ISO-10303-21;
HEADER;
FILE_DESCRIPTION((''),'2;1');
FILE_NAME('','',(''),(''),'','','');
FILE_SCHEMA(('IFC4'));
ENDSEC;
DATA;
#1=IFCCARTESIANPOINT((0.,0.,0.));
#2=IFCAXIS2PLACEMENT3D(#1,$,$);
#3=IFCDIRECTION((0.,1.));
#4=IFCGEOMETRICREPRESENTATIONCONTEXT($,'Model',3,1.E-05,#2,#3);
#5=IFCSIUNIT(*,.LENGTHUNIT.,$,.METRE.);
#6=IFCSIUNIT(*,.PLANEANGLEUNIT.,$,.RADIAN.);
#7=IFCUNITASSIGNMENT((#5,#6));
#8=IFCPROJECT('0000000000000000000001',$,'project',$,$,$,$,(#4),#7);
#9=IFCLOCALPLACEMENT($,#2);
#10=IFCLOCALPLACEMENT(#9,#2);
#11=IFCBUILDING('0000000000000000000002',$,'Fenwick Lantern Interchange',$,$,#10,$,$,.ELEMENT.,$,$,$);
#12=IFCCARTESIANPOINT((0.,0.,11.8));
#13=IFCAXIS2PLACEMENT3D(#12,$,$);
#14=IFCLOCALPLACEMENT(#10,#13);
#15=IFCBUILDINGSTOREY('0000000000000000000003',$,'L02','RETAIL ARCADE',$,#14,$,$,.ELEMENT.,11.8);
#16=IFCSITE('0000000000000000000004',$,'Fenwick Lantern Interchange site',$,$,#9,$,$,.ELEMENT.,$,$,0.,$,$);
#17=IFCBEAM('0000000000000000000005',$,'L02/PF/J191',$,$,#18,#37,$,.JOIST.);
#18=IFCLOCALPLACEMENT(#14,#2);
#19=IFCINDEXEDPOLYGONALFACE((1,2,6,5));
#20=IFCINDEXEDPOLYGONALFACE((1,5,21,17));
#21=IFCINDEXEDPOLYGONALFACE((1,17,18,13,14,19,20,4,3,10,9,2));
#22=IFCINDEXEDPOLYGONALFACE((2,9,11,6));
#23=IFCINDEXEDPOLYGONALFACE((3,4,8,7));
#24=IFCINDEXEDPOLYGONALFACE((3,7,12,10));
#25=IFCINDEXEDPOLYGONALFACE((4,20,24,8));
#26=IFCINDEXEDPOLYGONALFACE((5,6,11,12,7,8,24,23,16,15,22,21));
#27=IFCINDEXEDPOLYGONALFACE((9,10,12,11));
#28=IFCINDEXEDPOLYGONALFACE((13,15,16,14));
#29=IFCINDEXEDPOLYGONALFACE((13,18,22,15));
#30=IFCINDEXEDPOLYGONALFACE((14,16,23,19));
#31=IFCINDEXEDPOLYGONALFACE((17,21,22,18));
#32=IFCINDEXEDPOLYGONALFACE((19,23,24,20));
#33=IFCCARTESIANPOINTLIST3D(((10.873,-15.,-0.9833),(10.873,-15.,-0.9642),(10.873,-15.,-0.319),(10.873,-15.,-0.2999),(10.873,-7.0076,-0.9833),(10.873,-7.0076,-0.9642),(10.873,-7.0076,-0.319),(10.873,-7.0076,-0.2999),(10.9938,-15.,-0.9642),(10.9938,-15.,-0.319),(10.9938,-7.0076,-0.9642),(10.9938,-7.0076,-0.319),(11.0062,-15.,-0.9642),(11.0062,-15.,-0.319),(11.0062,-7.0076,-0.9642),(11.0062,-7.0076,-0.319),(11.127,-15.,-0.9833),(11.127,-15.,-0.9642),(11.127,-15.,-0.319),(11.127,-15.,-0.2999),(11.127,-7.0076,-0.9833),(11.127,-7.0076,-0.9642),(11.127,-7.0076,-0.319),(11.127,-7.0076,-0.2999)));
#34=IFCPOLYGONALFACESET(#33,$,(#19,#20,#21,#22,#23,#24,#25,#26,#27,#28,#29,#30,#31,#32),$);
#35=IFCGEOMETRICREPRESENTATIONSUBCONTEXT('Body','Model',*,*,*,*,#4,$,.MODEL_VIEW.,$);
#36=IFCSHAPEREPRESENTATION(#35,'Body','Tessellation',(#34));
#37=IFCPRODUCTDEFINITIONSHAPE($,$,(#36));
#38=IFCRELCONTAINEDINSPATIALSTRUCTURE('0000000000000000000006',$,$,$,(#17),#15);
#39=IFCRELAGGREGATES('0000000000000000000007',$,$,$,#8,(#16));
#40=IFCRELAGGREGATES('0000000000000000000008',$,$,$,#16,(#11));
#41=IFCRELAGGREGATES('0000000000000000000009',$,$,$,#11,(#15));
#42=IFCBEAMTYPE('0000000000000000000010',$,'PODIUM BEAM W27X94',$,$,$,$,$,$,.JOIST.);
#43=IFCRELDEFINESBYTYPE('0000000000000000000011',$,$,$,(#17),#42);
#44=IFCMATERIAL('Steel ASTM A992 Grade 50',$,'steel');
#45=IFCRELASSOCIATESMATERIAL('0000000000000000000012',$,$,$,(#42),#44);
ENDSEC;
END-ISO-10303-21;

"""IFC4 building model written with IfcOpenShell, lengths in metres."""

from ifc_helpers import new_model, si_unit, direction, frame, origin, origin_2d, place, context, subcontext, project, spatial, i_section, extrude, material, material_profile, profile_set, type_object, element, save


model = new_model("IFC4")

# Units and contexts
model_context = context("Model", 3, precision=1e-05, world=origin(), true_north=direction((0.0, 1.0)))
body_context = subcontext(model_context, "Body", "Model", "MODEL_VIEW")
ifc_project = project(units=[si_unit("LENGTHUNIT", "METRE"), si_unit("PLANEANGLEUNIT", "RADIAN")], contexts=[model_context])

# Site, building, storey
site_placement = place(None, origin())
site = spatial("IfcSite", under=ifc_project, at=site_placement, Name="Fenwick Lantern Interchange site", CompositionType="ELEMENT", RefElevation=0.0)
building_placement = place(site_placement, origin())
building = spatial("IfcBuilding", under=site, at=building_placement, Name="Fenwick Lantern Interchange", CompositionType="ELEMENT")
storey_placement = place(building_placement, frame((0.0, 0.0, 11.8)))
storey = spatial("IfcBuildingStorey", under=building, at=storey_placement, Name="L02", Description="RETAIL ARCADE", CompositionType="ELEMENT", Elevation=11.8)

# Shared definitions
ifc_material_1 = material(Name="Steel ASTM A992 Grade 50", Category="steel")

# Beam
ifc_material_profile_1 = material_profile(ifc_material_1, i_section(OverallWidth=0.2539, OverallDepth=0.6833, WebThickness=0.0125, FlangeThickness=0.019, at=origin_2d()), Name="W27X94")
ifc_profile_set_1 = profile_set([ifc_material_profile_1], Name="Steel ASTM A992 Grade 50")
beam_type_1 = type_object("IfcBeamType", Name="PODIUM BEAM W27X94", PredefinedType="JOIST", material=ifc_profile_set_1)
beam_1_placement = place(storey_placement, frame((11.0, -15.0, -0.6416), z_axis=(0.0, 1.0, 0.0), x_axis=(-1.0, 0.0, 0.0)))
element("IfcBeam", 1, at=beam_1_placement, inside=storey, type_object=beam_type_1, Name="L02/PF/J191", PredefinedType="JOIST", context=body_context, shape_type="SweptSolid", body=[
    extrude(i_section(OverallWidth=0.2539, OverallDepth=0.6833, WebThickness=0.0125, FlangeThickness=0.019, at=origin_2d()), origin(), (0.0, 0.0, 1.0), 7.9924),
])

save(model, "model.ifc")
